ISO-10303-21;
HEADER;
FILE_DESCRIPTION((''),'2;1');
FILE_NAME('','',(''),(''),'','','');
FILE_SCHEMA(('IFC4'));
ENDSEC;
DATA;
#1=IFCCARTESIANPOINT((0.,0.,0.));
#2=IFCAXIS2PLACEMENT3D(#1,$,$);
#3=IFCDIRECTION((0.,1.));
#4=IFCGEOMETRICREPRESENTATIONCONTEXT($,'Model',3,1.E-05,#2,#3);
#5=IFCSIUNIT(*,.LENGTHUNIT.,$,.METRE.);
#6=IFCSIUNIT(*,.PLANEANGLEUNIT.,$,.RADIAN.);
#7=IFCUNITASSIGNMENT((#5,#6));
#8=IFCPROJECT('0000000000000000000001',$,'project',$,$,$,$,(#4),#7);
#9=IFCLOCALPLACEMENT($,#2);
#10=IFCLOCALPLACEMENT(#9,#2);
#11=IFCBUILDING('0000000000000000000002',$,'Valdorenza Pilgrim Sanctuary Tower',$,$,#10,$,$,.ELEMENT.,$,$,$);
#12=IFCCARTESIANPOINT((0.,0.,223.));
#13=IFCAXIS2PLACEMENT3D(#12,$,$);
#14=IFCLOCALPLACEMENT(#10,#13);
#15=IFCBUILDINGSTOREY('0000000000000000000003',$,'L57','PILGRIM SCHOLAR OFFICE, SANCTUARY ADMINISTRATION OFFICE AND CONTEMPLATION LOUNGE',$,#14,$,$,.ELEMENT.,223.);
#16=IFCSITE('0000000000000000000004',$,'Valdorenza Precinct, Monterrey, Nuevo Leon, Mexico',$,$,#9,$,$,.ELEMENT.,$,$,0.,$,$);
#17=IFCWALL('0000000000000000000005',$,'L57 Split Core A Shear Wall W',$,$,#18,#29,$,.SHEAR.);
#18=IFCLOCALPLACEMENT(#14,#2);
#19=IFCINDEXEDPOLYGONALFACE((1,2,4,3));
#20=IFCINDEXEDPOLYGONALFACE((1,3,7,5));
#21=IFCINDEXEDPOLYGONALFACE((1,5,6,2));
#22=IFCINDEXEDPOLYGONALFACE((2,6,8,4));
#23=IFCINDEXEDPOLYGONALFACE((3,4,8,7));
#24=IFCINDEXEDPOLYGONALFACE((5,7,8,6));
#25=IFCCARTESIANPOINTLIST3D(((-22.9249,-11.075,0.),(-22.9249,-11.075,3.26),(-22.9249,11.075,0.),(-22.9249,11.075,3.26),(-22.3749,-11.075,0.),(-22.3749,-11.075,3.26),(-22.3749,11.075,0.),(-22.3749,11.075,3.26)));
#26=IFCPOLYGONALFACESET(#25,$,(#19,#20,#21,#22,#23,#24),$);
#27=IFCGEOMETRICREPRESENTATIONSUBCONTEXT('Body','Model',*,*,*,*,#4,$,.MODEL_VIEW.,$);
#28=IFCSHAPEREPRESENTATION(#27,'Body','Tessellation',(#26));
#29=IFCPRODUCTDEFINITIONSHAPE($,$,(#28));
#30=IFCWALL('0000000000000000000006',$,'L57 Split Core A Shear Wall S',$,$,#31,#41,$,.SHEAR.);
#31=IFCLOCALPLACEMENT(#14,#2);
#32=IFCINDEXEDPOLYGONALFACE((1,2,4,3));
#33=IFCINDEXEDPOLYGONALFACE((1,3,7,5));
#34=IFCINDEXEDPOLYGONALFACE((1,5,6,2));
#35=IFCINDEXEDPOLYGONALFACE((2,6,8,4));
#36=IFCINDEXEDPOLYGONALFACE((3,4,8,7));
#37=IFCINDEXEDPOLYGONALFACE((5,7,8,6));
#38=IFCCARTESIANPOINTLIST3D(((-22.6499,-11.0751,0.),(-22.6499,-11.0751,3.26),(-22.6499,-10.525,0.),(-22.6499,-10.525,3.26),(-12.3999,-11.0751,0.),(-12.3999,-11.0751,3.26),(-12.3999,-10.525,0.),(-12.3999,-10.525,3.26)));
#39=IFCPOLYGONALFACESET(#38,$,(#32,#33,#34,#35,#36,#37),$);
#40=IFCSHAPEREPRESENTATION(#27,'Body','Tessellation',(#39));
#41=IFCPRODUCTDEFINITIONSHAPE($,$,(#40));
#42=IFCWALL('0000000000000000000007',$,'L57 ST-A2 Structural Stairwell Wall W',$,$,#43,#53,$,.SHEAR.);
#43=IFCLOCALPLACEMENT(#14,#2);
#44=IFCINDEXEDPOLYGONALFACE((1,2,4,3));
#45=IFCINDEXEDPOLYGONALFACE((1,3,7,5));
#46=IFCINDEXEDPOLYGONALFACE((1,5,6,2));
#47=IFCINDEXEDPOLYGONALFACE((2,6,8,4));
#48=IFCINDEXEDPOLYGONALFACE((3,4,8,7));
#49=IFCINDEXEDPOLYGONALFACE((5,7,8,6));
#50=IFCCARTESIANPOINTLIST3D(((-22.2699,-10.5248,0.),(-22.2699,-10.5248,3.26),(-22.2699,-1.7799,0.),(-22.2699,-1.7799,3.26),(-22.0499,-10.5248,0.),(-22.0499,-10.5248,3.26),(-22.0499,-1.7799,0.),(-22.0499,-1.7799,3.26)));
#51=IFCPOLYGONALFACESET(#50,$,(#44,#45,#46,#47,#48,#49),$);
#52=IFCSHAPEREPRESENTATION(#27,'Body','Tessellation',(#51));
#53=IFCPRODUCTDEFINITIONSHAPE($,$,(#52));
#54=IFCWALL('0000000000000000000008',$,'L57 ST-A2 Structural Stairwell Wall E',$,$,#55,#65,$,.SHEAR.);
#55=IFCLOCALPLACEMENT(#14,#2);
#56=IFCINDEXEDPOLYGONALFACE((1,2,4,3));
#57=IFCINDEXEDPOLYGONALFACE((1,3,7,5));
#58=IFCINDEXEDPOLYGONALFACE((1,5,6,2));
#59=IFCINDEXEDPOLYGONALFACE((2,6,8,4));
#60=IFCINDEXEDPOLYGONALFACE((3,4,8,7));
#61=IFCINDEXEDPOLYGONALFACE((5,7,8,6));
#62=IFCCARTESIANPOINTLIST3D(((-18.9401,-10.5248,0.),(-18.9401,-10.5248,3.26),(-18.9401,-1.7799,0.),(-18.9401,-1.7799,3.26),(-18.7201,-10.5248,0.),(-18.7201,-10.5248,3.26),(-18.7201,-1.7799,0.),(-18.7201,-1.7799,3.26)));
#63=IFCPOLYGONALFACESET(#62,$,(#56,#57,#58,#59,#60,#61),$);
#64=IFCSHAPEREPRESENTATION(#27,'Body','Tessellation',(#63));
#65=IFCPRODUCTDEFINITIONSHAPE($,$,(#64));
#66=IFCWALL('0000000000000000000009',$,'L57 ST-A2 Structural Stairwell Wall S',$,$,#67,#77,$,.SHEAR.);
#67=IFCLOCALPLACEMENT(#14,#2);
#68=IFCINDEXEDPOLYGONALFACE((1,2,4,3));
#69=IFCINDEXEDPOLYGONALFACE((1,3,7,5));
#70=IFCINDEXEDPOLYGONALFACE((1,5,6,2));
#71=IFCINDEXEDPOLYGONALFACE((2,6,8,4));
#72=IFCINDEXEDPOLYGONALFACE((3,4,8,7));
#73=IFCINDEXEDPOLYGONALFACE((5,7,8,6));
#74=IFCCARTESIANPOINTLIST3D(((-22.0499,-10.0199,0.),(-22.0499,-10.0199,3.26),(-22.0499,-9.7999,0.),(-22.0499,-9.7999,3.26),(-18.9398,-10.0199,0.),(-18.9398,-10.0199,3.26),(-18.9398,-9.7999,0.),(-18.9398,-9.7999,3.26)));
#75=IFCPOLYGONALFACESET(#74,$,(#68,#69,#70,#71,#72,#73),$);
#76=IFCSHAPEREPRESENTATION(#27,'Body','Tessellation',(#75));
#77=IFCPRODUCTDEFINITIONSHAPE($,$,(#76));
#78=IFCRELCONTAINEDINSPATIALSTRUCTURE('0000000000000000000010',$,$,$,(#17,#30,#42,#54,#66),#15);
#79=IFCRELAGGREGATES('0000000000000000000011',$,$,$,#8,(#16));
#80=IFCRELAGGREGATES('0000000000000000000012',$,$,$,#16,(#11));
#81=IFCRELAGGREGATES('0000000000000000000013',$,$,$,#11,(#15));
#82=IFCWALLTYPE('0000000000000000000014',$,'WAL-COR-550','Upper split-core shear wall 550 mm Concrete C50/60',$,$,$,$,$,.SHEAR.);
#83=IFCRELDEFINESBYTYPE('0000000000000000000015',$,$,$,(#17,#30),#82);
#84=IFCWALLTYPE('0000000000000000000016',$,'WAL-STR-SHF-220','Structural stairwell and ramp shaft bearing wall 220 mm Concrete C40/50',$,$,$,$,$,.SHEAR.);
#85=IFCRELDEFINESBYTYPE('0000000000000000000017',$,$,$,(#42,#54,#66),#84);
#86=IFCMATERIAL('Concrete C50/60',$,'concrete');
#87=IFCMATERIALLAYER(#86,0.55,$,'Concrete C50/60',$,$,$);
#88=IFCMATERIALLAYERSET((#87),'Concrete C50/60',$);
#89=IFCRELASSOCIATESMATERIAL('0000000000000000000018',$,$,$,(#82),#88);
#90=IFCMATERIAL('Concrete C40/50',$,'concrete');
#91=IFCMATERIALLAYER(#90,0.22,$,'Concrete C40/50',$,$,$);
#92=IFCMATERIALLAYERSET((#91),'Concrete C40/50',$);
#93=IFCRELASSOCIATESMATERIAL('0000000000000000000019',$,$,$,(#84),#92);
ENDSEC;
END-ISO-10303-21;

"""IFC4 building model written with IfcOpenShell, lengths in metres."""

from ifc_helpers import new_model, si_unit, direction, frame, frame_2d, origin, place, context, subcontext, project, spatial, rectangle, extrude, material, layer, layer_set, type_object, element, save


model = new_model("IFC4")

# Units and contexts
model_context = context("Model", 3, precision=1e-05, world=origin(), true_north=direction((0.0, 1.0)))
body_context = subcontext(model_context, "Body", "Model", "MODEL_VIEW")
ifc_project = project(units=[si_unit("LENGTHUNIT", "METRE"), si_unit("PLANEANGLEUNIT", "RADIAN")], contexts=[model_context])

# Site, building, storey
site_placement = place(None, origin())
site = spatial("IfcSite", under=ifc_project, at=site_placement, Name="Valdorenza Precinct, Monterrey, Nuevo Leon, Mexico", CompositionType="ELEMENT", RefElevation=0.0)
building_placement = place(site_placement, origin())
building = spatial("IfcBuilding", under=site, at=building_placement, Name="Valdorenza Pilgrim Sanctuary Tower", CompositionType="ELEMENT")
storey_placement = place(building_placement, frame((0.0, 0.0, 223.0)))
storey = spatial("IfcBuildingStorey", under=building, at=storey_placement, Name="L57", Description="PILGRIM SCHOLAR OFFICE, SANCTUARY ADMINISTRATION OFFICE AND CONTEMPLATION LOUNGE", CompositionType="ELEMENT", Elevation=223.0)

# Shared definitions
ifc_material_1 = material(Name="Concrete C50/60", Category="concrete")

# Walls
ifc_layer_1 = layer(ifc_material_1, 0.55, Name="Concrete C50/60")
ifc_layer_set_1 = layer_set([ifc_layer_1], Name="Concrete C50/60")
wall_type_1 = type_object("IfcWallType", Name="WAL-COR-550", Description="Upper split-core shear wall 550 mm Concrete C50/60", PredefinedType="SHEAR", material=ifc_layer_set_1)
wall_1_placement = place(storey_placement, frame((-22.6499, -11.075, 0.0), z_axis=(0.0, 0.0, 1.0), x_axis=(0.0, 1.0, 0.0)))
element("IfcWall", 1, at=wall_1_placement, inside=storey, type_object=wall_type_1, Name="L57 Split Core A Shear Wall W", PredefinedType="SHEAR", context=body_context, shape_type="SweptSolid", body=[
    extrude(rectangle(XDim=22.1499, YDim=0.55, at=frame_2d((11.075, 0.0))), origin(), (0.0, 0.0, 1.0), 3.26),
])
wall_2_placement = place(storey_placement, frame((-22.6499, -10.8, 0.0), z_axis=(0.0, 0.0, 1.0), x_axis=(1.0, 0.0, 0.0)))
element("IfcWall", 2, at=wall_2_placement, inside=storey, type_object=wall_type_1, Name="L57 Split Core A Shear Wall S", PredefinedType="SHEAR", context=body_context, shape_type="SweptSolid", body=[
    extrude(rectangle(XDim=10.25, YDim=0.55, at=frame_2d((5.125, 0.0))), origin(), (0.0, 0.0, 1.0), 3.26),
])
ifc_material_2 = material(Name="Concrete C40/50", Category="concrete")
ifc_layer_2 = layer(ifc_material_2, 0.22, Name="Concrete C40/50")
ifc_layer_set_2 = layer_set([ifc_layer_2], Name="Concrete C40/50")
wall_type_2 = type_object("IfcWallType", Name="WAL-STR-SHF-220", Description="Structural stairwell and ramp shaft bearing wall 220 mm Concrete C40/50", PredefinedType="SHEAR", material=ifc_layer_set_2)
for number, where, z_axis, x_axis, name in (
    (3, (-22.1599, -10.5249, 0.0), (0.0, 0.0, 1.0), (0.0, 1.0, 0.0), "L57 ST-A2 Structural Stairwell Wall W"),
    (4, (-18.8301, -10.5249, 0.0), (0.0, 0.0, 1.0), (0.0, 1.0, 0.0), "L57 ST-A2 Structural Stairwell Wall E"),
):
    element("IfcWall", number, at=place(storey_placement, frame(where, z_axis=z_axis, x_axis=x_axis)), inside=storey, type_object=wall_type_2, Name=name, PredefinedType="SHEAR", context=body_context, shape_type="SweptSolid", body=[
        extrude(rectangle(XDim=8.7449, YDim=0.22, at=frame_2d((4.3726, 0.0))), origin(), (0.0, 0.0, 1.0), 3.26),
    ])
wall_3_placement = place(storey_placement, frame((-22.05, -9.9099, 0.0), z_axis=(0.0, 0.0, 1.0), x_axis=(1.0, 0.0, 0.0)))
element("IfcWall", 5, at=wall_3_placement, inside=storey, type_object=wall_type_2, Name="L57 ST-A2 Structural Stairwell Wall S", PredefinedType="SHEAR", context=body_context, shape_type="SweptSolid", body=[
    extrude(rectangle(XDim=3.1101, YDim=0.22, at=frame_2d((1.5552, 0.0))), origin(), (0.0, 0.0, 1.0), 3.26),
])

save(model, "model.ifc")
